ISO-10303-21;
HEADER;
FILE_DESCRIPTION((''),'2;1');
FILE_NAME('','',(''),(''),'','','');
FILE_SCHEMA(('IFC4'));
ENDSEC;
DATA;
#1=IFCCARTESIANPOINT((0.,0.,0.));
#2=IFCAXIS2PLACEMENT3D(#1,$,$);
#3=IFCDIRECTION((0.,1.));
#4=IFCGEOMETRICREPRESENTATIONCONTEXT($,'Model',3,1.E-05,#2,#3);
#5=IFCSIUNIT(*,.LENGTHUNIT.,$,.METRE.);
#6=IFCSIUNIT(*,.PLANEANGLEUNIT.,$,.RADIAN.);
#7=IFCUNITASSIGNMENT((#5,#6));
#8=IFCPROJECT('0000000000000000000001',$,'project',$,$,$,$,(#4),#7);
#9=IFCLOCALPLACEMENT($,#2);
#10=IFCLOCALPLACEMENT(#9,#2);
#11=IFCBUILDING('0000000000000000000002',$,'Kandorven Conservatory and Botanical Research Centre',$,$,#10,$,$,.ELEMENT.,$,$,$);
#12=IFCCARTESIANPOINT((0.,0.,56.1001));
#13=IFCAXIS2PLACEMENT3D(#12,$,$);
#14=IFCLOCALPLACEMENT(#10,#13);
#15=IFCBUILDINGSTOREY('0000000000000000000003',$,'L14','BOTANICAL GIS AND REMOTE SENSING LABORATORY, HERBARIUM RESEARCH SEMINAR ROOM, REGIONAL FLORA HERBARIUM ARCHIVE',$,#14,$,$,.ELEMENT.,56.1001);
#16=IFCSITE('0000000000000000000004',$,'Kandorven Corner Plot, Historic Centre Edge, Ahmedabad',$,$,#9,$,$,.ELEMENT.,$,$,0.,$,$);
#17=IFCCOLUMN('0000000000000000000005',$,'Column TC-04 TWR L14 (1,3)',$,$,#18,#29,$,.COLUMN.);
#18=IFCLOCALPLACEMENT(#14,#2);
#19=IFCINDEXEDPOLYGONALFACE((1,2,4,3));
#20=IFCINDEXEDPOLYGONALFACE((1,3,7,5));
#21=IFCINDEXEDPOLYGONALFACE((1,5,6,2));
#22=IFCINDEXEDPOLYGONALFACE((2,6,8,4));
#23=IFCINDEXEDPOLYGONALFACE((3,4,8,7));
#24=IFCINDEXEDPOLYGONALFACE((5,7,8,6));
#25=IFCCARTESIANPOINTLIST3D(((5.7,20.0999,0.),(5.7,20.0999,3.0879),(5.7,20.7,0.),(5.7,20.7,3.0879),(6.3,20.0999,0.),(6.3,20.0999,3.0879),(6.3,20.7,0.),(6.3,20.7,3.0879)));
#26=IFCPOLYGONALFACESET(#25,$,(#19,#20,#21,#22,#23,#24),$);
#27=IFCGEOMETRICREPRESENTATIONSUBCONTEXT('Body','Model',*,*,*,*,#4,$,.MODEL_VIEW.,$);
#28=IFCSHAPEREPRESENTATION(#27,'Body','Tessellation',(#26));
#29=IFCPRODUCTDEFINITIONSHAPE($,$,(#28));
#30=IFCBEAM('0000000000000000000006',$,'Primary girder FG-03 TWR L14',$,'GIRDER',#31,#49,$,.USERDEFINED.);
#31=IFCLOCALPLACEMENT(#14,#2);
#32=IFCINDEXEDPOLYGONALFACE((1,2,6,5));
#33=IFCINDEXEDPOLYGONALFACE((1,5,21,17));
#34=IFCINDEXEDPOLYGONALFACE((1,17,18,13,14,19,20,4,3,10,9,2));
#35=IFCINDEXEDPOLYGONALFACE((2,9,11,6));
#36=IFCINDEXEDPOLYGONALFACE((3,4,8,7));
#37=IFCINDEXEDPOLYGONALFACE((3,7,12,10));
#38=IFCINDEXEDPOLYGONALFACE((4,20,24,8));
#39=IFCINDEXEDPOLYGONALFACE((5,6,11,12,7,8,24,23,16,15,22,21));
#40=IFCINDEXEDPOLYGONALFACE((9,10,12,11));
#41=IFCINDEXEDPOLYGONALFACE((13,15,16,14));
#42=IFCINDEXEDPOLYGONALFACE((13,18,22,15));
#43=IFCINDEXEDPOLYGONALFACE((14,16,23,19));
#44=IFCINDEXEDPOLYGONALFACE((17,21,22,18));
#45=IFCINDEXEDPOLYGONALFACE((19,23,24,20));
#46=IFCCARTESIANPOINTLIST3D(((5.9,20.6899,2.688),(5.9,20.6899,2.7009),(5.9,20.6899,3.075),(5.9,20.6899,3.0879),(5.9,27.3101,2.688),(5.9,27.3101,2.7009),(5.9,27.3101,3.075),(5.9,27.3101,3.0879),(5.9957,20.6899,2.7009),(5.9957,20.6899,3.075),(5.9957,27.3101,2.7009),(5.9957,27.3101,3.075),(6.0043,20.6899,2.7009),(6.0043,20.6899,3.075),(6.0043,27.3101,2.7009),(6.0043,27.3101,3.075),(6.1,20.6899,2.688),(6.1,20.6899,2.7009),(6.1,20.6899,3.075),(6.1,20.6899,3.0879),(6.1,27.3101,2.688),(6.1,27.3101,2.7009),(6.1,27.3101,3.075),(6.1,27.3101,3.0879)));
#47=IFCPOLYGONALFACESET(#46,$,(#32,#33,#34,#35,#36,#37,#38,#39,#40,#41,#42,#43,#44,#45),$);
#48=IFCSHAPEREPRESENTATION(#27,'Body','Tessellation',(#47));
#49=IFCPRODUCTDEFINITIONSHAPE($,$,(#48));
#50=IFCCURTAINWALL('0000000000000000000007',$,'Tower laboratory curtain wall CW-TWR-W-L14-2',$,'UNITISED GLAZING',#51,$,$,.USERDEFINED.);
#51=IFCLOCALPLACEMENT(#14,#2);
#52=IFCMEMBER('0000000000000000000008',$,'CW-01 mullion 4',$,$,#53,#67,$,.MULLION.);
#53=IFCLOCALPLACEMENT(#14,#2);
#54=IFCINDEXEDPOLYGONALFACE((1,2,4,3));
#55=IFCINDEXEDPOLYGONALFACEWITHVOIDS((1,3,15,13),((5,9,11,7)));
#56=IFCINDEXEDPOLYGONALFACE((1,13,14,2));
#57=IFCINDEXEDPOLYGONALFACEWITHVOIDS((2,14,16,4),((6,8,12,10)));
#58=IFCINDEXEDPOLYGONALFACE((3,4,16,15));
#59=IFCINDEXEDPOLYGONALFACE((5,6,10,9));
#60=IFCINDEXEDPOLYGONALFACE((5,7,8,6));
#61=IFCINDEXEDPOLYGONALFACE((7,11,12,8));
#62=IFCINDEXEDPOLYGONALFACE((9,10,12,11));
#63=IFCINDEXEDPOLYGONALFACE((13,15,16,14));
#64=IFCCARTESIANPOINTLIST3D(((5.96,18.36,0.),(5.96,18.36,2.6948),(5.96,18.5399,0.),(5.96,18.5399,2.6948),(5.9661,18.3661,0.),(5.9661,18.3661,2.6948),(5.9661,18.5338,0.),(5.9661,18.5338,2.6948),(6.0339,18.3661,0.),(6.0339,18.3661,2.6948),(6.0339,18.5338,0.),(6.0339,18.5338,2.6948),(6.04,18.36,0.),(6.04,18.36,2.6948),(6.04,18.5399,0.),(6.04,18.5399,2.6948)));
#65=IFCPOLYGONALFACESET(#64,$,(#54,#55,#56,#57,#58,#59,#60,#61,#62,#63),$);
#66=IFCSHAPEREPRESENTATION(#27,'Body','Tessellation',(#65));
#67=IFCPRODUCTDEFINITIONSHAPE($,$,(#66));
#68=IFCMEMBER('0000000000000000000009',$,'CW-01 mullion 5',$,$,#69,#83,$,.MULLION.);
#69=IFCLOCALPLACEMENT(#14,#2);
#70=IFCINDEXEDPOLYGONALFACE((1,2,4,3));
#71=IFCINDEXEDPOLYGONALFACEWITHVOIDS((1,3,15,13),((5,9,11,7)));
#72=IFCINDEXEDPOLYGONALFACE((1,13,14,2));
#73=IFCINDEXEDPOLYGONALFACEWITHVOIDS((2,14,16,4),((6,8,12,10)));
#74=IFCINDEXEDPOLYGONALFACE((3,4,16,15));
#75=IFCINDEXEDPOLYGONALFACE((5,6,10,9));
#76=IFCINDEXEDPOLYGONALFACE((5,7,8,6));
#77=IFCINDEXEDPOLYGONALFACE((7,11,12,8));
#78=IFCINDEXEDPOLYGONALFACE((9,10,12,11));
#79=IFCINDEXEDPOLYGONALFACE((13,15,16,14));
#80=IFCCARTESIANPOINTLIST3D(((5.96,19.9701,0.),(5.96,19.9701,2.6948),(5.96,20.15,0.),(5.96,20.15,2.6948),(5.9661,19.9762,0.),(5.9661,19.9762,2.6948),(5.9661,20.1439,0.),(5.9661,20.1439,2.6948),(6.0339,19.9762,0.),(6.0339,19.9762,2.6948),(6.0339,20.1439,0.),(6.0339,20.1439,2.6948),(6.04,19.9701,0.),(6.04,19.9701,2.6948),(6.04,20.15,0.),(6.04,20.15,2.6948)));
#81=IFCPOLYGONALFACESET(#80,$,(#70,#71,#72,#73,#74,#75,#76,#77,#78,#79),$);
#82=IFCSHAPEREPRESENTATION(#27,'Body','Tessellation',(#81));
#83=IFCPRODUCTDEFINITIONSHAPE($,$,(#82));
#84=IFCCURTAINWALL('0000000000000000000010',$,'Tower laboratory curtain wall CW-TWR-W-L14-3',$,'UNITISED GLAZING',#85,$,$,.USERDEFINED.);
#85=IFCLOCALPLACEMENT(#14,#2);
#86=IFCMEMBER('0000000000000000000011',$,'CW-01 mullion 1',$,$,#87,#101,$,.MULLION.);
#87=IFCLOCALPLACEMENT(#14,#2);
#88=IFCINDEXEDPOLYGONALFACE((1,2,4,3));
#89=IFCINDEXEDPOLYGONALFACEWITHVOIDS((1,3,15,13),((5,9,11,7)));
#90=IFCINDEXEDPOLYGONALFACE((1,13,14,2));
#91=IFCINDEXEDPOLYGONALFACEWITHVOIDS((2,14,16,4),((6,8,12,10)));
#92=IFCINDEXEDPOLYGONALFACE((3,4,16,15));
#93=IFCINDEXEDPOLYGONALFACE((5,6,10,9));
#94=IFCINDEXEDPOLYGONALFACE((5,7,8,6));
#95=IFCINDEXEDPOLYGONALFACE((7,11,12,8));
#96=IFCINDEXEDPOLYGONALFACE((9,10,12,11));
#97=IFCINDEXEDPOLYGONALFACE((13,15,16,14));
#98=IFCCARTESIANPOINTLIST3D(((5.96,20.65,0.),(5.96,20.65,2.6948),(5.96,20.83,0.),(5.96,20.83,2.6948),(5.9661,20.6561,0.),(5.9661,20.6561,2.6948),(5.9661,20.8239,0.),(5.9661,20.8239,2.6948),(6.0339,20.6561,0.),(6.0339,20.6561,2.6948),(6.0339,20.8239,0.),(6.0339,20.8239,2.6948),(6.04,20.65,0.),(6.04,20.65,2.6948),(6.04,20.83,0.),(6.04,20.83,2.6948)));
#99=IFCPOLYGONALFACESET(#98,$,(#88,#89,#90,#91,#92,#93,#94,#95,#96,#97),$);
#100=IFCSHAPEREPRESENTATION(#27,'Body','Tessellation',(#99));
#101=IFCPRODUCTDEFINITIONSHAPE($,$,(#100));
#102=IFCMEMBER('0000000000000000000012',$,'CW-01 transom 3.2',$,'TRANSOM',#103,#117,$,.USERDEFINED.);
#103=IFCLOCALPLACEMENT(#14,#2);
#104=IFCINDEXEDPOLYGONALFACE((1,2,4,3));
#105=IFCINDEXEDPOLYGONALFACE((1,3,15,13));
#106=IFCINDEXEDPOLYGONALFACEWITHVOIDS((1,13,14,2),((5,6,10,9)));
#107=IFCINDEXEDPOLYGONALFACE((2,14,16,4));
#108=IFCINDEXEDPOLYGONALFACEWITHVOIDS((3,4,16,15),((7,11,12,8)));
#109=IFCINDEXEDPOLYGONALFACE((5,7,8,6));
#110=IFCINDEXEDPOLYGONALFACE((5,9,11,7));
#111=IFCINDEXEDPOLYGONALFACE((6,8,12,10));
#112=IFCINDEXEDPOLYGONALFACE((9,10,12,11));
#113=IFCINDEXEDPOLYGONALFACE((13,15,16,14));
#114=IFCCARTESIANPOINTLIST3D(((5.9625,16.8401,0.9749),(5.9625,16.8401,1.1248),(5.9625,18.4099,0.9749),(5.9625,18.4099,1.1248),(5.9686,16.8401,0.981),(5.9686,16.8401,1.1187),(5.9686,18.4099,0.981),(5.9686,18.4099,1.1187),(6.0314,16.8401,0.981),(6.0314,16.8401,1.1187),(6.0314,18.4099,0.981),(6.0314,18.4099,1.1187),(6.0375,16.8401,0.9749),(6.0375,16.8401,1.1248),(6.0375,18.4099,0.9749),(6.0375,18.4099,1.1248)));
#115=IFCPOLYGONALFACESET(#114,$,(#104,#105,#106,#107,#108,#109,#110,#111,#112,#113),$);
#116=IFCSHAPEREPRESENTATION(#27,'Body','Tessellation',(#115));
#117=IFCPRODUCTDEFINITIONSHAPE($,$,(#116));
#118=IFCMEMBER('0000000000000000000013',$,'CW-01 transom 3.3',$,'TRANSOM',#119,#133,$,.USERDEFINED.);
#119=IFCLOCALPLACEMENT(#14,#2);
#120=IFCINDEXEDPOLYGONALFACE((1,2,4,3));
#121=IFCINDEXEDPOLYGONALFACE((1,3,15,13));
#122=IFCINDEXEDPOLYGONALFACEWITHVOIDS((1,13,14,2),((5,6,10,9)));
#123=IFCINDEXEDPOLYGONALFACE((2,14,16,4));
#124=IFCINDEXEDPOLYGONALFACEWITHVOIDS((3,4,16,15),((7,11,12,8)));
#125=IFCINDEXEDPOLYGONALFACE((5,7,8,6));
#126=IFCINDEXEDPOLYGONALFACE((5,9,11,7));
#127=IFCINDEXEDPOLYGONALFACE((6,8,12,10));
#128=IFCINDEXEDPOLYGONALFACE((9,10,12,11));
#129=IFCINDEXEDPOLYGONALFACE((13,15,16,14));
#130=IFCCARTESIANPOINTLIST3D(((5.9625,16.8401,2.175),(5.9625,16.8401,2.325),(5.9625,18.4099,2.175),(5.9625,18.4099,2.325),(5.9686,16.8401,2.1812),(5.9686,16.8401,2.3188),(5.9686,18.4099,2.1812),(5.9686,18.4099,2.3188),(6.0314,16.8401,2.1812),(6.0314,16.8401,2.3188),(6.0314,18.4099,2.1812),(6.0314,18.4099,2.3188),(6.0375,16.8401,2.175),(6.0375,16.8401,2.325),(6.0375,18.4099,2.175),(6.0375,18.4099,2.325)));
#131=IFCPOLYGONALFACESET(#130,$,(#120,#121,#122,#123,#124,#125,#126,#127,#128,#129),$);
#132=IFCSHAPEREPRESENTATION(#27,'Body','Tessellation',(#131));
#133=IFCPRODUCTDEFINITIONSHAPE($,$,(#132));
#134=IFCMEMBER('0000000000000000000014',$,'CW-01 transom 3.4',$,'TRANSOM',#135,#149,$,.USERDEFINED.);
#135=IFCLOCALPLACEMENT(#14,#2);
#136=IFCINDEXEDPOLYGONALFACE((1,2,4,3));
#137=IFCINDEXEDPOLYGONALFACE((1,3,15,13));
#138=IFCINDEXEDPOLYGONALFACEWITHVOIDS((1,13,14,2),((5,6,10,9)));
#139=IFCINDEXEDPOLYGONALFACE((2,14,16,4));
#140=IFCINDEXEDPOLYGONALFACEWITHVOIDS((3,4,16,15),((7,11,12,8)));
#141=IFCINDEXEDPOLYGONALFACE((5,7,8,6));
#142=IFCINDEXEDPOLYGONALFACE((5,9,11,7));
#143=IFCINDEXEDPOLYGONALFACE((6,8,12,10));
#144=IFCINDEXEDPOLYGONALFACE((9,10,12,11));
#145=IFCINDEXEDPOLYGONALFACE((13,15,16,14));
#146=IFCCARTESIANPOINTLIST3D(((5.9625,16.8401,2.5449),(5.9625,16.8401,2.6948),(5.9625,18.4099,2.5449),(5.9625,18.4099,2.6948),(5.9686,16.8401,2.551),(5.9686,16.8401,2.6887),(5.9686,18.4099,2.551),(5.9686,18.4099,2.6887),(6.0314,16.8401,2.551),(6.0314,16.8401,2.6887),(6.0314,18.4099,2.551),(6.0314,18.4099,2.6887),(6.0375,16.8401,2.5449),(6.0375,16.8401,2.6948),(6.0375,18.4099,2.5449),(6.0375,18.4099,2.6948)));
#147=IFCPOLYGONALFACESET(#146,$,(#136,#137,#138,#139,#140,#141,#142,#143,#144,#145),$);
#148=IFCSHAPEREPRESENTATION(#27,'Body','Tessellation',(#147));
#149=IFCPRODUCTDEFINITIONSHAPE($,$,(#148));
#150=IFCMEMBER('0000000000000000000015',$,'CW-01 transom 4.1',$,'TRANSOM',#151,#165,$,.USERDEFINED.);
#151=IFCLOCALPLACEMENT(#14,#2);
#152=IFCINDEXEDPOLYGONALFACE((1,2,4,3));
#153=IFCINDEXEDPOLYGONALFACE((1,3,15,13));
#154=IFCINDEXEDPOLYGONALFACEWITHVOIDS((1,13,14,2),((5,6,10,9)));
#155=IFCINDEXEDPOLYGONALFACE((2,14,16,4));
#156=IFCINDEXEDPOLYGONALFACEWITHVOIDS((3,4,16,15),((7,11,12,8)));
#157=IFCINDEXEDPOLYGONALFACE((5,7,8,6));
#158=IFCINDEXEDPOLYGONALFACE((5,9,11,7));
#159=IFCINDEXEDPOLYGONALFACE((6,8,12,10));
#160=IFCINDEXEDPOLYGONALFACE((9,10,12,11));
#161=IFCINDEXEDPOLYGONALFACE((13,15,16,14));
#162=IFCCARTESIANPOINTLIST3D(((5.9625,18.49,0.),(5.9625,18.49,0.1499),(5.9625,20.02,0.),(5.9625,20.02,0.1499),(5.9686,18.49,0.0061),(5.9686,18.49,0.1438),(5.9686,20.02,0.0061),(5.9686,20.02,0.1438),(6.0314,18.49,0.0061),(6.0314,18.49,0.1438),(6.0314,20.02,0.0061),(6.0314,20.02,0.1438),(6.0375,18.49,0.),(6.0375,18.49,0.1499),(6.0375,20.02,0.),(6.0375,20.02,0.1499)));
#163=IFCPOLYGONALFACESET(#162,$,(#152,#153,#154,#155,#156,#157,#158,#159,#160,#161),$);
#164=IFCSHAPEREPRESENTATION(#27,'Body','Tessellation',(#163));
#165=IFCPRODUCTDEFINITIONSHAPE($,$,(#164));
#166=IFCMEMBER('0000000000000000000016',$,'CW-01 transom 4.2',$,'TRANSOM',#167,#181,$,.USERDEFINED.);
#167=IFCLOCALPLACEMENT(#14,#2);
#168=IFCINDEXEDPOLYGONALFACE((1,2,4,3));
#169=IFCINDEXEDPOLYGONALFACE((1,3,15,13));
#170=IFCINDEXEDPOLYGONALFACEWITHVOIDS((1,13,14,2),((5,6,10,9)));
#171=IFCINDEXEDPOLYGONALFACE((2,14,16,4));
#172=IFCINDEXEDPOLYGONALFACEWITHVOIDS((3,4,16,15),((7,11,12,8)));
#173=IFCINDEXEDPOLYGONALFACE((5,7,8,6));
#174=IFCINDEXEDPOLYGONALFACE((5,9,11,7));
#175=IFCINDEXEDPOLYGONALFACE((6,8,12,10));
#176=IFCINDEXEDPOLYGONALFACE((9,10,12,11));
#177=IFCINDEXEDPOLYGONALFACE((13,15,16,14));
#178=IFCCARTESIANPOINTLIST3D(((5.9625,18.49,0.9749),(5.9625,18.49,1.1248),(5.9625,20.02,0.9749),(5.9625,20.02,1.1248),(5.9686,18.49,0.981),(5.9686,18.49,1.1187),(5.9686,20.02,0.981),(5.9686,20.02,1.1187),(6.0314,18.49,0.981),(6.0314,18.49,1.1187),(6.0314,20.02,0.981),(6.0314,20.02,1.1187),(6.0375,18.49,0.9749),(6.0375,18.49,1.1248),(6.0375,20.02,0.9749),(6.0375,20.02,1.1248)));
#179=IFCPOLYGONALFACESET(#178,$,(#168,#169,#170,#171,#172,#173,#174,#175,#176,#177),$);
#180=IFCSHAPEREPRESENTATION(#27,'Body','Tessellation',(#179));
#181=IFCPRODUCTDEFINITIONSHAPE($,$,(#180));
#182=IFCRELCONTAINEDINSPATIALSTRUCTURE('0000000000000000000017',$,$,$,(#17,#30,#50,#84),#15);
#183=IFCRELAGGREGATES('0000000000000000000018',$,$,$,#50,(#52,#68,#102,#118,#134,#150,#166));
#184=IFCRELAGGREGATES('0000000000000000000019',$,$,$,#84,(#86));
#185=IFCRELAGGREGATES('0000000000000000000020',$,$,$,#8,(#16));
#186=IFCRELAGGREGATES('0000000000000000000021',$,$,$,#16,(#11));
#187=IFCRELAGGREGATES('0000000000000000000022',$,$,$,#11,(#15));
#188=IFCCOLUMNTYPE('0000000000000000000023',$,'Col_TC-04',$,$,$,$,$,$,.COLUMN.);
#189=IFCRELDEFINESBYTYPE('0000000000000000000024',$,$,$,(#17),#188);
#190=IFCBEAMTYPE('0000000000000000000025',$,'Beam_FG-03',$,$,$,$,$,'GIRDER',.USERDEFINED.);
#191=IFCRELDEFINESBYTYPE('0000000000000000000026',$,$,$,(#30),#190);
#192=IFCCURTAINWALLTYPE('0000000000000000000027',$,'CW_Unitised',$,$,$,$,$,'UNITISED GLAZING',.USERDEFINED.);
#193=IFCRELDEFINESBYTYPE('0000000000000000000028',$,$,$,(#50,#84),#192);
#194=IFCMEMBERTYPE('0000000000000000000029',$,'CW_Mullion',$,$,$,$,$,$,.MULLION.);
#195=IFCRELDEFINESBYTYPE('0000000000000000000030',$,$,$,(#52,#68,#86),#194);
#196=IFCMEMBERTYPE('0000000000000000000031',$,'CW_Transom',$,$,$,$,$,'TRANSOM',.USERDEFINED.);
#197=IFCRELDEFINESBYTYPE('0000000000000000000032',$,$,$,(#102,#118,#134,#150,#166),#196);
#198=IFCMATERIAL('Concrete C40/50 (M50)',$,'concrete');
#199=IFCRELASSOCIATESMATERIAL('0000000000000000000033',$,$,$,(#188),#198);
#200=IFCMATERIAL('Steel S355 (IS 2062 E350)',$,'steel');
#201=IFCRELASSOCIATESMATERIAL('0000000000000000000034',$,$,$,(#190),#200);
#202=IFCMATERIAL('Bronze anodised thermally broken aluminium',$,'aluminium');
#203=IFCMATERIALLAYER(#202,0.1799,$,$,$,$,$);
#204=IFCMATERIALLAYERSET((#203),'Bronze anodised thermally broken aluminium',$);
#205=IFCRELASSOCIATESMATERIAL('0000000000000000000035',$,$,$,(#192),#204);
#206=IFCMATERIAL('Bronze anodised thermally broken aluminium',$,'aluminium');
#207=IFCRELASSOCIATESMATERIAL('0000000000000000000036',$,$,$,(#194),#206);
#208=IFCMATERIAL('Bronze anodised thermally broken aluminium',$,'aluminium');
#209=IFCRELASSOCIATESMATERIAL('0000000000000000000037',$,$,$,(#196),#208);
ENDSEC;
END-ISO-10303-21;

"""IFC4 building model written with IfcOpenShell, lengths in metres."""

from ifc_helpers import new_model, si_unit, direction, frame, origin, origin_2d, place, context, subcontext, project, spatial, rectangle, hollow_rectangle, i_section, extrude, material, layer, layer_set, material_profile, profile_set, type_object, element, aggregate, save


model = new_model("IFC4")

# Units and contexts
model_context = context("Model", 3, precision=1e-05, world=origin(), true_north=direction((0.0, 1.0)))
body_context = subcontext(model_context, "Body", "Model", "MODEL_VIEW")
ifc_project = project(units=[si_unit("LENGTHUNIT", "METRE"), si_unit("PLANEANGLEUNIT", "RADIAN")], contexts=[model_context])

# Site, building, storey
site_placement = place(None, origin())
site = spatial("IfcSite", under=ifc_project, at=site_placement, Name="Kandorven Corner Plot, Historic Centre Edge, Ahmedabad", CompositionType="ELEMENT", RefElevation=0.0)
building_placement = place(site_placement, origin())
building = spatial("IfcBuilding", under=site, at=building_placement, Name="Kandorven Conservatory and Botanical Research Centre", CompositionType="ELEMENT")
storey_placement = place(building_placement, frame((0.0, 0.0, 56.1001)))
storey = spatial("IfcBuildingStorey", under=building, at=storey_placement, Name="L14", Description="BOTANICAL GIS AND REMOTE SENSING LABORATORY, HERBARIUM RESEARCH SEMINAR ROOM, REGIONAL FLORA HERBARIUM ARCHIVE", CompositionType="ELEMENT", Elevation=56.1001)

# Column
ifc_material_1 = material(Name="Concrete C40/50 (M50)", Category="concrete")
ifc_material_profile_1 = material_profile(ifc_material_1, rectangle(XDim=0.6001, YDim=0.6001, at=origin_2d()))
ifc_profile_set_1 = profile_set([ifc_material_profile_1], Name="Concrete C40/50 (M50)")
column_type = type_object("IfcColumnType", Name="Col_TC-04", PredefinedType="COLUMN", material=ifc_profile_set_1)
column_placement = place(storey_placement, frame((6.0, 20.3999, 0.0), z_axis=(0.0, 0.0, 1.0), x_axis=(1.0, 0.0, 0.0)))
element("IfcColumn", 1, at=column_placement, inside=storey, type_object=column_type, Name="Column TC-04 TWR L14 (1,3)", PredefinedType="COLUMN", context=body_context, shape_type="SweptSolid", body=[
    extrude(rectangle(XDim=0.6001, YDim=0.6001, at=origin_2d()), origin(), (0.0, 0.0, 1.0), 3.0879),
])

# Beam
ifc_material_2 = material(Name="Steel S355 (IS 2062 E350)", Category="steel")
ifc_material_profile_2 = material_profile(ifc_material_2, i_section(OverallWidth=0.2, OverallDepth=0.3999, WebThickness=0.0085, FlangeThickness=0.0129, at=origin_2d()))
ifc_profile_set_2 = profile_set([ifc_material_profile_2], Name="Steel S355 (IS 2062 E350)")
beam_type = type_object("IfcBeamType", Name="Beam_FG-03", ElementType="GIRDER", PredefinedType="USERDEFINED", material=ifc_profile_set_2)
beam_placement = place(storey_placement, frame((6.0, 20.6899, 2.8879), z_axis=(0.0, 1.0, 0.0), x_axis=(-1.0, 0.0, 0.0)))
element("IfcBeam", 2, at=beam_placement, inside=storey, type_object=beam_type, Name="Primary girder FG-03 TWR L14", ObjectType="GIRDER", PredefinedType="USERDEFINED", context=body_context, shape_type="SweptSolid", body=[
    extrude(i_section(OverallWidth=0.2, OverallDepth=0.3999, WebThickness=0.0085, FlangeThickness=0.0129, at=origin_2d()), origin(), (0.0, 0.0, 1.0), 6.6201),
])

# Curtain wall, members
ifc_material_3 = material(Name="Bronze anodised thermally broken aluminium", Category="aluminium")
ifc_layer_1 = layer(ifc_material_3, 0.1799)
ifc_layer_set_1 = layer_set([ifc_layer_1], Name="Bronze anodised thermally broken aluminium")
curtain_wall_type = type_object("IfcCurtainWallType", Name="CW_Unitised", ElementType="UNITISED GLAZING", PredefinedType="USERDEFINED", material=ifc_layer_set_1)
curtain_wall_1_placement = place(storey_placement, origin())
curtain_wall_1 = element("IfcCurtainWall", 3, at=curtain_wall_1_placement, inside=storey, type_object=curtain_wall_type, Name="Tower laboratory curtain wall CW-TWR-W-L14-2", ObjectType="UNITISED GLAZING", PredefinedType="USERDEFINED")
ifc_material_4 = material(Name="Bronze anodised thermally broken aluminium", Category="aluminium")
ifc_material_profile_3 = material_profile(ifc_material_4, hollow_rectangle(XDim=0.0801, YDim=0.1799, WallThickness=0.0061, at=origin_2d()))
ifc_profile_set_3 = profile_set([ifc_material_profile_3], Name="Bronze anodised thermally broken aluminium")
member_type_1 = type_object("IfcMemberType", Name="CW_Mullion", PredefinedType="MULLION", material=ifc_profile_set_3)
member_1_placement = place(storey_placement, frame((6.0, 18.45, 0.0), z_axis=(0.0, 0.0, 1.0), x_axis=(-1.0, 0.0, 0.0)))
member_1 = element("IfcMember", 4, at=member_1_placement, type_object=member_type_1, Name="CW-01 mullion 4", PredefinedType="MULLION", context=body_context, shape_type="SweptSolid", body=[
    extrude(hollow_rectangle(XDim=0.0801, YDim=0.1799, WallThickness=0.0061, at=origin_2d()), origin(), (0.0, 0.0, 1.0), 2.6948),
])
member_2_placement = place(storey_placement, frame((6.0, 20.0601, 0.0), z_axis=(0.0, 0.0, 1.0), x_axis=(-1.0, 0.0, 0.0)))
member_2 = element("IfcMember", 5, at=member_2_placement, type_object=member_type_1, Name="CW-01 mullion 5", PredefinedType="MULLION", context=body_context, shape_type="SweptSolid", body=[
    extrude(hollow_rectangle(XDim=0.0801, YDim=0.1799, WallThickness=0.0061, at=origin_2d()), origin(), (0.0, 0.0, 1.0), 2.6948),
])

# Curtain wall, member
curtain_wall_2_placement = place(storey_placement, origin())
curtain_wall_2 = element("IfcCurtainWall", 6, at=curtain_wall_2_placement, inside=storey, type_object=curtain_wall_type, Name="Tower laboratory curtain wall CW-TWR-W-L14-3", ObjectType="UNITISED GLAZING", PredefinedType="USERDEFINED")
member_3_placement = place(storey_placement, frame((6.0, 20.74, 0.0), z_axis=(0.0, 0.0, 1.0), x_axis=(-1.0, 0.0, 0.0)))
member_3 = element("IfcMember", 7, at=member_3_placement, type_object=member_type_1, Name="CW-01 mullion 1", PredefinedType="MULLION", context=body_context, shape_type="SweptSolid", body=[
    extrude(hollow_rectangle(XDim=0.0801, YDim=0.1799, WallThickness=0.0061, at=origin_2d()), origin(), (0.0, 0.0, 1.0), 2.6948),
])

# Members
ifc_material_5 = material(Name="Bronze anodised thermally broken aluminium", Category="aluminium")
ifc_material_profile_4 = material_profile(ifc_material_5, hollow_rectangle(XDim=0.075, YDim=0.1499, WallThickness=0.0061, at=origin_2d()))
ifc_profile_set_4 = profile_set([ifc_material_profile_4], Name="Bronze anodised thermally broken aluminium")
member_type_2 = type_object("IfcMemberType", Name="CW_Transom", ElementType="TRANSOM", PredefinedType="USERDEFINED", material=ifc_profile_set_4)
member_4_placement = place(storey_placement, frame((6.0, 16.8401, 1.0498), z_axis=(0.0, 1.0, 0.0), x_axis=(-1.0, 0.0, 0.0)))
member_4 = element("IfcMember", 8, at=member_4_placement, type_object=member_type_2, Name="CW-01 transom 3.2", ObjectType="TRANSOM", PredefinedType="USERDEFINED", context=body_context, shape_type="SweptSolid", body=[
    extrude(hollow_rectangle(XDim=0.075, YDim=0.1499, WallThickness=0.0061, at=origin_2d()), origin(), (0.0, 0.0, 1.0), 1.5698),
])
member_5_placement = place(storey_placement, frame((6.0, 16.8401, 2.25), z_axis=(0.0, 1.0, 0.0), x_axis=(-1.0, 0.0, 0.0)))
member_5 = element("IfcMember", 9, at=member_5_placement, type_object=member_type_2, Name="CW-01 transom 3.3", ObjectType="TRANSOM", PredefinedType="USERDEFINED", context=body_context, shape_type="SweptSolid", body=[
    extrude(hollow_rectangle(XDim=0.075, YDim=0.1499, WallThickness=0.0061, at=origin_2d()), origin(), (0.0, 0.0, 1.0), 1.5698),
])
member_6_placement = place(storey_placement, frame((6.0, 16.8401, 2.6199), z_axis=(0.0, 1.0, 0.0), x_axis=(-1.0, 0.0, 0.0)))
member_6 = element("IfcMember", 10, at=member_6_placement, type_object=member_type_2, Name="CW-01 transom 3.4", ObjectType="TRANSOM", PredefinedType="USERDEFINED", context=body_context, shape_type="SweptSolid", body=[
    extrude(hollow_rectangle(XDim=0.075, YDim=0.1499, WallThickness=0.0061, at=origin_2d()), origin(), (0.0, 0.0, 1.0), 1.5698),
])
member_7_placement = place(storey_placement, frame((6.0, 18.49, 0.075), z_axis=(0.0, 1.0, 0.0), x_axis=(-1.0, 0.0, 0.0)))
member_7 = element("IfcMember", 11, at=member_7_placement, type_object=member_type_2, Name="CW-01 transom 4.1", ObjectType="TRANSOM", PredefinedType="USERDEFINED", context=body_context, shape_type="SweptSolid", body=[
    extrude(hollow_rectangle(XDim=0.075, YDim=0.1499, WallThickness=0.0061, at=origin_2d()), origin(), (0.0, 0.0, 1.0), 1.53),
])
member_8_placement = place(storey_placement, frame((6.0, 18.49, 1.0498), z_axis=(0.0, 1.0, 0.0), x_axis=(-1.0, 0.0, 0.0)))
member_8 = element("IfcMember", 12, at=member_8_placement, type_object=member_type_2, Name="CW-01 transom 4.2", ObjectType="TRANSOM", PredefinedType="USERDEFINED", context=body_context, shape_type="SweptSolid", body=[
    extrude(hollow_rectangle(XDim=0.075, YDim=0.1499, WallThickness=0.0061, at=origin_2d()), origin(), (0.0, 0.0, 1.0), 1.53),
])

aggregate(curtain_wall_1, [member_1, member_2, member_4, member_5, member_6, member_7, member_8])
aggregate(curtain_wall_2, [member_3])

save(model, "model.ifc")
